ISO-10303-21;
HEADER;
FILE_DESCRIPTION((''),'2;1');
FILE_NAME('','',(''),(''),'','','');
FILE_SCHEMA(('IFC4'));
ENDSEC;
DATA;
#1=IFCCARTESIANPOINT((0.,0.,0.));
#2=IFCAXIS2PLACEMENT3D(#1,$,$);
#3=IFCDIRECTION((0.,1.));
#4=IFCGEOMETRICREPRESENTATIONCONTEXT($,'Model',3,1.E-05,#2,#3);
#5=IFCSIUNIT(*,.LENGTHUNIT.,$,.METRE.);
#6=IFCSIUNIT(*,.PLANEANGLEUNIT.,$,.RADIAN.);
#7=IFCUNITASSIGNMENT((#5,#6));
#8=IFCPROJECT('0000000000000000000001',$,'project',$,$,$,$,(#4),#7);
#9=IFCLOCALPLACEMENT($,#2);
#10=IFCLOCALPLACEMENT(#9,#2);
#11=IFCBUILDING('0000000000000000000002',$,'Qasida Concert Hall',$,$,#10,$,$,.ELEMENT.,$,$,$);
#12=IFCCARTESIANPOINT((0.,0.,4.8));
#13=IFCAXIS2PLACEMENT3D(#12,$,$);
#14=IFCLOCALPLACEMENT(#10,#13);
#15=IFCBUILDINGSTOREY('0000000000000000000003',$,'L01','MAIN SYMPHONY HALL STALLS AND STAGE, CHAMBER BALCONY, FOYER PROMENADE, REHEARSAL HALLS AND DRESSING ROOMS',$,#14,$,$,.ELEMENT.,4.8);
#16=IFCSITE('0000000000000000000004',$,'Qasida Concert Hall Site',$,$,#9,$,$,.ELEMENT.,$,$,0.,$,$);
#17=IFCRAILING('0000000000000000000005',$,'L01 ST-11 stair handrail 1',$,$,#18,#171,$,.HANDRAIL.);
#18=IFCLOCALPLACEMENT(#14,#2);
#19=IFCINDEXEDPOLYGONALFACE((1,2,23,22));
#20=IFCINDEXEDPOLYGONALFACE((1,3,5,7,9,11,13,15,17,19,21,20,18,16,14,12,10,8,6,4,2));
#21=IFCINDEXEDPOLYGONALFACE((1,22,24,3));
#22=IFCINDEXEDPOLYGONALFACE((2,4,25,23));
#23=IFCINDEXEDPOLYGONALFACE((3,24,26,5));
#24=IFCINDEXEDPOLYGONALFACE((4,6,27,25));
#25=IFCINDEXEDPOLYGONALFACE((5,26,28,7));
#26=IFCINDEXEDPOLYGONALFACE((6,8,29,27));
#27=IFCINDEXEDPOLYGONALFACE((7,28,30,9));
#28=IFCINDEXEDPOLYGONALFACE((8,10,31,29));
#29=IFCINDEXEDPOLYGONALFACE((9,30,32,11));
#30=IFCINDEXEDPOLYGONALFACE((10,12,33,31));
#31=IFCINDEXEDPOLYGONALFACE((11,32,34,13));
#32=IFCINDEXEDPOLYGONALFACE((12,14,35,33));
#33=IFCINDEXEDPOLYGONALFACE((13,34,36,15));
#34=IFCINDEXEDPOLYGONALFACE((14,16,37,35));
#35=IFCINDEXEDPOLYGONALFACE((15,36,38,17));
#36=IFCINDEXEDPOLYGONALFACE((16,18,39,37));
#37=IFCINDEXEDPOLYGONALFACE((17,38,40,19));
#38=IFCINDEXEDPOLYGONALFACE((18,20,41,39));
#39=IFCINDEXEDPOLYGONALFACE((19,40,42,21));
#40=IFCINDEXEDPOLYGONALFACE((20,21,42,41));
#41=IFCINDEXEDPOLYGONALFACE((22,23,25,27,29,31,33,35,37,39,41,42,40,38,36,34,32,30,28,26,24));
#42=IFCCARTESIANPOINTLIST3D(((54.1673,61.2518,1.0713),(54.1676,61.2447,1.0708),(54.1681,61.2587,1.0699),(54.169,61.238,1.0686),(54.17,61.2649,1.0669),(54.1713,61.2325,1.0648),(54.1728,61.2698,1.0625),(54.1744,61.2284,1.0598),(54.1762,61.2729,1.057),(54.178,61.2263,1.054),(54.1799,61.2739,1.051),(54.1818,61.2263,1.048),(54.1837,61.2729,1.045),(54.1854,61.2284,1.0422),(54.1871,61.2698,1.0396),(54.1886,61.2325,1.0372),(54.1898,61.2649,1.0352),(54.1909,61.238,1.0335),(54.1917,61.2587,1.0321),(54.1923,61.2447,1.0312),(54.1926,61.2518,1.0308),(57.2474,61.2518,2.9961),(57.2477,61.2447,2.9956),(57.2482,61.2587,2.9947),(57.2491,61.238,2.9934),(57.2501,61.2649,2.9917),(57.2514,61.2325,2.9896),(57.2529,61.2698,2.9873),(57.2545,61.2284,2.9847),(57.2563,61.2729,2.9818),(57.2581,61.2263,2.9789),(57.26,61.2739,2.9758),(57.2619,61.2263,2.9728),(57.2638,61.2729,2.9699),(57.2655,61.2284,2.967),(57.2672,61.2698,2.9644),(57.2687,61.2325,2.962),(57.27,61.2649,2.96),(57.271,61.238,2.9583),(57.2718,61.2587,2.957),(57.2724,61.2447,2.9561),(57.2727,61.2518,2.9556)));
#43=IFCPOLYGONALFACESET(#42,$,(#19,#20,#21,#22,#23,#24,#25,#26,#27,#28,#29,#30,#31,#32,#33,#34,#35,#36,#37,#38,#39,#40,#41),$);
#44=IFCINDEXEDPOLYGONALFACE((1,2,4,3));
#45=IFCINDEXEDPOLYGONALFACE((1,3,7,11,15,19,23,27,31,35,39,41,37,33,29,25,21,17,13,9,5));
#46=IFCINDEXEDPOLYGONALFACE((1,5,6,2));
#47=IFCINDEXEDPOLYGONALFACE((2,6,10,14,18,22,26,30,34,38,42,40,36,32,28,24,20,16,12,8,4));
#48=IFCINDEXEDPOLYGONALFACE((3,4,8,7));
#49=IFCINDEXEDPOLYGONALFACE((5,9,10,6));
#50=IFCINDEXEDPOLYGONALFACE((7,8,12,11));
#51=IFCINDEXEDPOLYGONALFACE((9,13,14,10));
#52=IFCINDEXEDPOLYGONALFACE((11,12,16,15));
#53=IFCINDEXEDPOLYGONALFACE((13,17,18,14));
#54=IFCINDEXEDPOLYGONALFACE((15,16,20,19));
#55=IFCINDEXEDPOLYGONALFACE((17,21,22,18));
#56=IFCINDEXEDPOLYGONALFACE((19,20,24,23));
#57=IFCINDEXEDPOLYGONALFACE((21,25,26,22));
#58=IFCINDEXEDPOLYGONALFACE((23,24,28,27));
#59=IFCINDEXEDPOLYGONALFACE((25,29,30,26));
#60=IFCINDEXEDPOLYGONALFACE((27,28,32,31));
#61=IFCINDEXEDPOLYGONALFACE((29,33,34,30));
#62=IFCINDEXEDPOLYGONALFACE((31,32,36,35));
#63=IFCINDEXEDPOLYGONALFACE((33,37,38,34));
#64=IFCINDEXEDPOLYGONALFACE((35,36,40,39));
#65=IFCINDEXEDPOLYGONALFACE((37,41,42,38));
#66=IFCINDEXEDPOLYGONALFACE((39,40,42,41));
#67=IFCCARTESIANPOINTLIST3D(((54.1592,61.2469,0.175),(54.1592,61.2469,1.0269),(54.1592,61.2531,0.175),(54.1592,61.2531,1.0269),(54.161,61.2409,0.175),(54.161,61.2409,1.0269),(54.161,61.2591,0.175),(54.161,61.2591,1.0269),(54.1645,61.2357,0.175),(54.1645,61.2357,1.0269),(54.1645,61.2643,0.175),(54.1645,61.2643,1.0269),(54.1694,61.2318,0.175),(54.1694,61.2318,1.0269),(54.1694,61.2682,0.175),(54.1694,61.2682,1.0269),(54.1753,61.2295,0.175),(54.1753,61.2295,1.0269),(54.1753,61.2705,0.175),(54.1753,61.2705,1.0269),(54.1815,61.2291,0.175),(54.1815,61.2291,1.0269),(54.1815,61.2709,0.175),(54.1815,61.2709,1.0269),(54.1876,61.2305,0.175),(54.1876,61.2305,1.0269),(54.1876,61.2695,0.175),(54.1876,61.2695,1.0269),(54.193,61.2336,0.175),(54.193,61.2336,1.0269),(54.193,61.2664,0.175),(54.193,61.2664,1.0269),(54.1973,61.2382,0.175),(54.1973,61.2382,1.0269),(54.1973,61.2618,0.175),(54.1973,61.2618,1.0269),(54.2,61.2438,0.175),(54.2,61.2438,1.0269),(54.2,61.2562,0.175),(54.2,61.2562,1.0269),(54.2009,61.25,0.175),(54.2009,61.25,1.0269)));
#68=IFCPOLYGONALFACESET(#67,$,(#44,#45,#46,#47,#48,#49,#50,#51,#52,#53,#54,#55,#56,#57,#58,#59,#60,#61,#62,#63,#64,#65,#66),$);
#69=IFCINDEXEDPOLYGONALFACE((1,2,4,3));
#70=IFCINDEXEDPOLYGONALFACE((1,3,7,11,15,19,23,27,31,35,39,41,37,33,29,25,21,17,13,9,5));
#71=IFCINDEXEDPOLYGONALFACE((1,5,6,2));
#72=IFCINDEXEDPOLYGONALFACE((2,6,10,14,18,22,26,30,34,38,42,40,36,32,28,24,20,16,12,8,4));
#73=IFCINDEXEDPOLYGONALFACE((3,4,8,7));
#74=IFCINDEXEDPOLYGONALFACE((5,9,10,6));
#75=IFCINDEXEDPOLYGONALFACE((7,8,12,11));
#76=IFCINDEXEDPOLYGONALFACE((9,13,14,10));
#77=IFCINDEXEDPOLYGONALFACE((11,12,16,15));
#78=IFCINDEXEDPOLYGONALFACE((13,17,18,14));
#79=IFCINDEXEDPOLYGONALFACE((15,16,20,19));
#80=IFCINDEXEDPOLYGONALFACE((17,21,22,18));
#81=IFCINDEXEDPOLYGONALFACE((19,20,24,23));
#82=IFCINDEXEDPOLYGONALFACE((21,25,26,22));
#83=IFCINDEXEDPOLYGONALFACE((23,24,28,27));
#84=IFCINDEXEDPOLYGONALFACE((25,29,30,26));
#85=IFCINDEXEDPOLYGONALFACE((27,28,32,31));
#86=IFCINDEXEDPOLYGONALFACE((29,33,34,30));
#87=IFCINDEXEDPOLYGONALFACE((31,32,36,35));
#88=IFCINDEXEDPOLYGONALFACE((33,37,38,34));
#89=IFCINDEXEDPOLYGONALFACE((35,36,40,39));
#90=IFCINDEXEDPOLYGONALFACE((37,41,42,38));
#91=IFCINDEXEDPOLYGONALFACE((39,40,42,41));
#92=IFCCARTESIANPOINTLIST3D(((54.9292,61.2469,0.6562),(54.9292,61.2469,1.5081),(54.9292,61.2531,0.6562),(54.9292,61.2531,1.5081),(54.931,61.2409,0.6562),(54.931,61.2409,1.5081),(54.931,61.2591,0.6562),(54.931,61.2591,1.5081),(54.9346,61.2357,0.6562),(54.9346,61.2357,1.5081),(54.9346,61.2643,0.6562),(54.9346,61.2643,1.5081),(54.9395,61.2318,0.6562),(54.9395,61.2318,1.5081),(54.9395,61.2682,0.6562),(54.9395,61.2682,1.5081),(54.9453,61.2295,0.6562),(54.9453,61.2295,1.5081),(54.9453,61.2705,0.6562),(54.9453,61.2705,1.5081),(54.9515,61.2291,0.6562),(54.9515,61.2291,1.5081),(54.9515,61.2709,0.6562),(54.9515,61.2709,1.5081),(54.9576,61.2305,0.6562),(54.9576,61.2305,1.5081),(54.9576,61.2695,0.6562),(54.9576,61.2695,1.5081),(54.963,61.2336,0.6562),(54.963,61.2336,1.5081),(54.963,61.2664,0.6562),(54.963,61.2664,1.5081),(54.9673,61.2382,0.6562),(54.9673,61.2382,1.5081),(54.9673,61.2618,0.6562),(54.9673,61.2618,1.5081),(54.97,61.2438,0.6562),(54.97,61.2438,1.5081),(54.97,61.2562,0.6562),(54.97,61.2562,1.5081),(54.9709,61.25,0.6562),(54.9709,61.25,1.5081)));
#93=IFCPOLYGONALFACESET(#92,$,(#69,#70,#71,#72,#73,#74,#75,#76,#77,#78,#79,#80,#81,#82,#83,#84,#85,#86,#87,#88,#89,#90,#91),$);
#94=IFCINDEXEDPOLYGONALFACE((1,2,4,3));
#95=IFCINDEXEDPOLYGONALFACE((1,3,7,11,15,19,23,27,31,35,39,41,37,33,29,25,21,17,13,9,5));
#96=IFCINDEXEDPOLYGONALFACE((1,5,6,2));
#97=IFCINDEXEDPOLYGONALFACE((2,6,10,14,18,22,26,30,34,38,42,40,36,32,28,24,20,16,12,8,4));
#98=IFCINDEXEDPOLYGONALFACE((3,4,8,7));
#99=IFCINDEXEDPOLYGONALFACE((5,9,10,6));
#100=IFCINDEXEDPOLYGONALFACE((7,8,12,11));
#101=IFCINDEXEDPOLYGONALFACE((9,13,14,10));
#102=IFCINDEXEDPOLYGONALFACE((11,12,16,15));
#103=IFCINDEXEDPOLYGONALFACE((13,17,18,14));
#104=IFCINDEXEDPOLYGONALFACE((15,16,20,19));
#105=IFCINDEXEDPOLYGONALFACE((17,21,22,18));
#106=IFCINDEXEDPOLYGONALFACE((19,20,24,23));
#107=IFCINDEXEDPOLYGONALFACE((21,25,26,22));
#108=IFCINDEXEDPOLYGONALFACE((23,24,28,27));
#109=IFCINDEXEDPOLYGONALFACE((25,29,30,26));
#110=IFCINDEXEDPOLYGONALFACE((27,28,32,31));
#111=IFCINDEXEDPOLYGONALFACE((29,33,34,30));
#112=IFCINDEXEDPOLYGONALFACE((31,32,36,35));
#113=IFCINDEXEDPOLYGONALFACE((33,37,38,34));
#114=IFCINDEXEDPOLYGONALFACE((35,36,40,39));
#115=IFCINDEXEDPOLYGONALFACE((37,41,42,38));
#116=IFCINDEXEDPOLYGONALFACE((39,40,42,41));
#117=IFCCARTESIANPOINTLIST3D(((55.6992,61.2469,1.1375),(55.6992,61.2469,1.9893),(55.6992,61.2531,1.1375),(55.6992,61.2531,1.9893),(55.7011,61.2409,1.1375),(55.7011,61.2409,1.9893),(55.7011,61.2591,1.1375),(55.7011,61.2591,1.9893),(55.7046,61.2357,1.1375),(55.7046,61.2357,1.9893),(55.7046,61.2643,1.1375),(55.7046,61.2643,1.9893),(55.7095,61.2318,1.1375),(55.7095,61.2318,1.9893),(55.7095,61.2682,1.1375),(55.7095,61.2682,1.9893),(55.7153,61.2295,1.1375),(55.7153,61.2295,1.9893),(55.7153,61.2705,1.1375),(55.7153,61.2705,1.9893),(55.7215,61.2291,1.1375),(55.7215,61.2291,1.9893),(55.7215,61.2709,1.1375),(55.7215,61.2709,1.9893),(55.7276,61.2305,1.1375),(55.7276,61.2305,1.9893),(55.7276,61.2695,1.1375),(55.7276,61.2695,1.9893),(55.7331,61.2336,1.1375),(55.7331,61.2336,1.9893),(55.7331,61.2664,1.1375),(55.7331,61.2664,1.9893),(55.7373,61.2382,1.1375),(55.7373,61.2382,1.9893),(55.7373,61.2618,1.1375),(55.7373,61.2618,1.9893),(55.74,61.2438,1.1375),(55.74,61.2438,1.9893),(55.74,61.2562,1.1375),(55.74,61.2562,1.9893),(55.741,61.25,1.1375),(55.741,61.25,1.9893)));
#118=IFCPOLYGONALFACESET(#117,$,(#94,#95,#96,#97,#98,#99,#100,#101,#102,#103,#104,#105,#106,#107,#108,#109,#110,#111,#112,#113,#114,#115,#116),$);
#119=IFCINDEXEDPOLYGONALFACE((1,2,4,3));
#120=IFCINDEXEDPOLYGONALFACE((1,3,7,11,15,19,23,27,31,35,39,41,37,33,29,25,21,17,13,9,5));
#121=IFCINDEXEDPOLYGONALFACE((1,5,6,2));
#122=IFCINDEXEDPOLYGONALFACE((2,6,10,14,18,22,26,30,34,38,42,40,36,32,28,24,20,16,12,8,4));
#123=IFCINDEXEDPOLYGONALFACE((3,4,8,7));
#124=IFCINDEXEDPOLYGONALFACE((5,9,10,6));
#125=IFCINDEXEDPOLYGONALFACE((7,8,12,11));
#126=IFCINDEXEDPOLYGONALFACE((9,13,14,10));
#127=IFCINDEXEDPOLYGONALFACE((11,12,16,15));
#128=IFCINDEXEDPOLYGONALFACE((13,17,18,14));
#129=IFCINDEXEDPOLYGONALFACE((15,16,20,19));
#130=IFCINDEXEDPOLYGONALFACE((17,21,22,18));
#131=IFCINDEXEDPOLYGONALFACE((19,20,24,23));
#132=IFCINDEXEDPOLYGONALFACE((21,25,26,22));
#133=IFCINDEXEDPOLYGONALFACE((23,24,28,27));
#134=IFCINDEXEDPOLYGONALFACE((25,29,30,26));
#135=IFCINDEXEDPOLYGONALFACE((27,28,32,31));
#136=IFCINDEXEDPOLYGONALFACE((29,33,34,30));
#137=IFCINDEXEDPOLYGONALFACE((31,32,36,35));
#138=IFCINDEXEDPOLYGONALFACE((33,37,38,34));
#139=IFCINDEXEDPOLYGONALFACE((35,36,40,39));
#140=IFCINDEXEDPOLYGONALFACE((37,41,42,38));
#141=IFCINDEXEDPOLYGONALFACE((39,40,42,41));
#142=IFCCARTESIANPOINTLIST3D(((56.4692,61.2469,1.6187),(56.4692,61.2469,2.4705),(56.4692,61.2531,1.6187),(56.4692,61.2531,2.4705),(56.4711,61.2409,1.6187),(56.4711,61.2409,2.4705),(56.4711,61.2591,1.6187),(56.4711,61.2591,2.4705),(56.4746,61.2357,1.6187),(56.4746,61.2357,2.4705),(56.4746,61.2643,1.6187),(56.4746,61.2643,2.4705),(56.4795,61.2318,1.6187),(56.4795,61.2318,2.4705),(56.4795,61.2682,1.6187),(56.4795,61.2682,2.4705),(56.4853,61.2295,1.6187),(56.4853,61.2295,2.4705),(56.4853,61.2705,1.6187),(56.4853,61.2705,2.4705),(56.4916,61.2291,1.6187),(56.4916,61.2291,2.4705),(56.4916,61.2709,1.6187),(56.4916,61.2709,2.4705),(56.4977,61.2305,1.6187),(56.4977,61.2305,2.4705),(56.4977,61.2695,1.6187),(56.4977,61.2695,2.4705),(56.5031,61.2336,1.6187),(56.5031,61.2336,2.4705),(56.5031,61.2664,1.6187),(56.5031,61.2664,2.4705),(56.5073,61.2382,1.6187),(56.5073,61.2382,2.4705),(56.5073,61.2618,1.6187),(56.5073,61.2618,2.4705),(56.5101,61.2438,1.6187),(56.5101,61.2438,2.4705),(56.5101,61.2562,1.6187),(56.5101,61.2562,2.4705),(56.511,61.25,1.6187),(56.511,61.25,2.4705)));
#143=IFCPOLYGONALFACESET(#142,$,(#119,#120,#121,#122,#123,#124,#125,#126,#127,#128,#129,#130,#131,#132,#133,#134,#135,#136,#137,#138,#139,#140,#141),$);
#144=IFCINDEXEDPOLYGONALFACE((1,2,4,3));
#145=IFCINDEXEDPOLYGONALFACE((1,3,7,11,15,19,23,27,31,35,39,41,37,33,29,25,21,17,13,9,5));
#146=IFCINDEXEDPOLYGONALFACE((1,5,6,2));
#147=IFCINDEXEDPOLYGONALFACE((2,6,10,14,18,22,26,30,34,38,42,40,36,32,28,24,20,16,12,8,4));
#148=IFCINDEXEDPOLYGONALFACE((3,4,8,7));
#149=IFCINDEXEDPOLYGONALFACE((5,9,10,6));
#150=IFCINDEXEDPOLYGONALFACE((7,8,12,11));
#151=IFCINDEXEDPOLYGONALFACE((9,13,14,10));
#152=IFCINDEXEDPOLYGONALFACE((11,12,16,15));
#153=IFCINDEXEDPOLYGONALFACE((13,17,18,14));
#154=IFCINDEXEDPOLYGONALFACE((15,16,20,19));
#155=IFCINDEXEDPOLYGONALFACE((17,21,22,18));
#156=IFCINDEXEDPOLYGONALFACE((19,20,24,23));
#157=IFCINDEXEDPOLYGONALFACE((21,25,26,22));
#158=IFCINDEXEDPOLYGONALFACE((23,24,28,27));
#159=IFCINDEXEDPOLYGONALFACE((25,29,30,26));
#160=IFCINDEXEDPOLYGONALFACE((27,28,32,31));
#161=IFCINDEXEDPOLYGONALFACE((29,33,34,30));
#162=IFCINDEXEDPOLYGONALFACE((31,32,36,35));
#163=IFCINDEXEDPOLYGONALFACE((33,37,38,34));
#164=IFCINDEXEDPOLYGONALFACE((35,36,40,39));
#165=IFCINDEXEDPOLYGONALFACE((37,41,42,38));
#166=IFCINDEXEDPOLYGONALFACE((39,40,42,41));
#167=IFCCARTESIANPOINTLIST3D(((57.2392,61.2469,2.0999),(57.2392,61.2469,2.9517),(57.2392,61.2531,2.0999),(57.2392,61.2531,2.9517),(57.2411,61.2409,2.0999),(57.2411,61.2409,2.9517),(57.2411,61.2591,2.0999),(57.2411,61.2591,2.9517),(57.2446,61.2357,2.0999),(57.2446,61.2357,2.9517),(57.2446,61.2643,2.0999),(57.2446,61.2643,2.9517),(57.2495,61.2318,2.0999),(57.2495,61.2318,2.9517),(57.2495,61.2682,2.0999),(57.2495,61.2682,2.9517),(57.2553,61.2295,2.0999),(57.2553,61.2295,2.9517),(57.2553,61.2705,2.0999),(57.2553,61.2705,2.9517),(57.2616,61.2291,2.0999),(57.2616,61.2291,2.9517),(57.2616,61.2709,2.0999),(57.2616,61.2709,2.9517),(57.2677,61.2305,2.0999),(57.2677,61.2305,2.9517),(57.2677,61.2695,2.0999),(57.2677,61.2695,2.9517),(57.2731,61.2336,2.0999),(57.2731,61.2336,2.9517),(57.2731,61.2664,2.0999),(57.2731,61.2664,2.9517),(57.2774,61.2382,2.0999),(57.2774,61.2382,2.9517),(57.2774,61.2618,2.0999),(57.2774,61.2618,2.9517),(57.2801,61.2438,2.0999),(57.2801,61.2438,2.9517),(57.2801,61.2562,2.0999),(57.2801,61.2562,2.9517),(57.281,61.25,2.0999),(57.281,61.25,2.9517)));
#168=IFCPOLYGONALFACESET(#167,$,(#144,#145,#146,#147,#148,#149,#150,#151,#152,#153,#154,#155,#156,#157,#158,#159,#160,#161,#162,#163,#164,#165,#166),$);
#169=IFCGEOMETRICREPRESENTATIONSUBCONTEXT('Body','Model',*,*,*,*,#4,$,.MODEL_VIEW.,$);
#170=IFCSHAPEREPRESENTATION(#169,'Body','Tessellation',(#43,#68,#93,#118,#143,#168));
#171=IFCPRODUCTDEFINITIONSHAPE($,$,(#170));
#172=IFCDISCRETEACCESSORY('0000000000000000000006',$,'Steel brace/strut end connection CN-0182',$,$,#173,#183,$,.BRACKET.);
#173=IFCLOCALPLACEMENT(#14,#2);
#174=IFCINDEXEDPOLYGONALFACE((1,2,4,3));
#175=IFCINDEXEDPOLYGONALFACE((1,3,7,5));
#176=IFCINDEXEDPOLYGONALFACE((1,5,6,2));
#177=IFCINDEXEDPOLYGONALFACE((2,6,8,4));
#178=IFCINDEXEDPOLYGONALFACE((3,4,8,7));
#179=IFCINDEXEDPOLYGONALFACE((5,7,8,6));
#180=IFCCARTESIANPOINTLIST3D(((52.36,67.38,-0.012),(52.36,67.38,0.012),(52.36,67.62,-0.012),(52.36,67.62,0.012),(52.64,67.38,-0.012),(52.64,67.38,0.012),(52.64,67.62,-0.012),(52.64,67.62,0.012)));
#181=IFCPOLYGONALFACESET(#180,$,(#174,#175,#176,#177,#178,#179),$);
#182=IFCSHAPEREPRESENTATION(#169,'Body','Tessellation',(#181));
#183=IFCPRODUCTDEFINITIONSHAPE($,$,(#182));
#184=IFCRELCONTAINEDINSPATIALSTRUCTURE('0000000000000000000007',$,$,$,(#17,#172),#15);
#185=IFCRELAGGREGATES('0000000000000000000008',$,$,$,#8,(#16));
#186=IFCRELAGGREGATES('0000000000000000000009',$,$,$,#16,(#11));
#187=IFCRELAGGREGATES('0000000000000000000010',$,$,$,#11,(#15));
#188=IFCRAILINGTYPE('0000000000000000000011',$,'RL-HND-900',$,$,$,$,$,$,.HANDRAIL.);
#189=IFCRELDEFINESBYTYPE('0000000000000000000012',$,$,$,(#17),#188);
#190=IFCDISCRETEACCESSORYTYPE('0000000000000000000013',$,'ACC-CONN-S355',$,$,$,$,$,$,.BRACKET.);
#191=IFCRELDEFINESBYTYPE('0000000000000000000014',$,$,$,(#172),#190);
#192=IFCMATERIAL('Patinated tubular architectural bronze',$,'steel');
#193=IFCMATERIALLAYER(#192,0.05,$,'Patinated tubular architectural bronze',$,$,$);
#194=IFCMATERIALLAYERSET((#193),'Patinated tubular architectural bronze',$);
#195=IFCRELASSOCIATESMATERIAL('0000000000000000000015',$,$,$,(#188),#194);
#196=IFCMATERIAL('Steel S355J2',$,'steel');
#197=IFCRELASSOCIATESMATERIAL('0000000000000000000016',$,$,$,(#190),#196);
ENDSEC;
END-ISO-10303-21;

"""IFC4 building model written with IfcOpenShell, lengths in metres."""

from ifc_helpers import new_model, si_unit, direction, frame, origin, origin_2d, place, context, subcontext, project, spatial, rectangle, circle, extrude, material, layer, layer_set, type_object, element, save


model = new_model("IFC4")

# Units and contexts
model_context = context("Model", 3, precision=1e-05, world=origin(), true_north=direction((0.0, 1.0)))
body_context = subcontext(model_context, "Body", "Model", "MODEL_VIEW")
ifc_project = project(units=[si_unit("LENGTHUNIT", "METRE"), si_unit("PLANEANGLEUNIT", "RADIAN")], contexts=[model_context])

# Site, building, storey
site_placement = place(None, origin())
site = spatial("IfcSite", under=ifc_project, at=site_placement, Name="Qasida Concert Hall Site", CompositionType="ELEMENT", RefElevation=0.0)
building_placement = place(site_placement, origin())
building = spatial("IfcBuilding", under=site, at=building_placement, Name="Qasida Concert Hall", CompositionType="ELEMENT")
storey_placement = place(building_placement, frame((0.0, 0.0, 4.8)))
storey = spatial("IfcBuildingStorey", under=building, at=storey_placement, Name="L01", Description="MAIN SYMPHONY HALL STALLS AND STAGE, CHAMBER BALCONY, FOYER PROMENADE, REHEARSAL HALLS AND DRESSING ROOMS", CompositionType="ELEMENT", Elevation=4.8)

# Shared definitions
ifc_material_1 = material(Name="Steel S355J2", Category="steel")

# Railing
ifc_material_2 = material(Name="Patinated tubular architectural bronze", Category="steel")
ifc_layer_1 = layer(ifc_material_2, 0.05, Name="Patinated tubular architectural bronze")
ifc_layer_set_1 = layer_set([ifc_layer_1], Name="Patinated tubular architectural bronze")
railing_type_1 = type_object("IfcRailingType", Name="RL-HND-900", PredefinedType="HANDRAIL", material=ifc_layer_set_1)
railing_1_placement = place(storey_placement, frame((54.1799, 61.25, 0.175)))
element("IfcRailing", 1, at=railing_1_placement, inside=storey, type_object=railing_type_1, Name="L01 ST-11 stair handrail 1", PredefinedType="HANDRAIL", context=body_context, shape_type="SweptSolid", body=[
    extrude(circle(Radius=0.0239, at=origin_2d()), frame((0.0, 0.0, 0.876), z_axis=(0.848029, 0.0, 0.529951), x_axis=(0.0, 1.0, 0.0)), (0.0, 0.0, 1.0), 3.6321),
    extrude(circle(Radius=0.021, at=origin_2d()), origin(), (0.0, 0.0, 1.0), 0.8518),
    extrude(circle(Radius=0.021, at=origin_2d()), frame((0.77, 0.0, 0.4812)), (0.0, 0.0, 1.0), 0.8518),
    extrude(circle(Radius=0.021, at=origin_2d()), frame((1.54, 0.0, 0.9624)), (0.0, 0.0, 1.0), 0.8518),
    extrude(circle(Radius=0.021, at=origin_2d()), frame((2.3101, 0.0, 1.4436)), (0.0, 0.0, 1.0), 0.8518),
    extrude(circle(Radius=0.021, at=origin_2d()), frame((3.0801, 0.0, 1.9248)), (0.0, 0.0, 1.0), 0.8518),
])

# Discrete accessory
discrete_accessory_type = type_object("IfcDiscreteAccessoryType", Name="ACC-CONN-S355", PredefinedType="BRACKET", material=ifc_material_1)
discrete_accessory_placement = place(storey_placement, frame((52.5, 67.5, -0.012), z_axis=(0.0, 0.0, 1.0), x_axis=(1.0, 0.0, 0.0)))
element("IfcDiscreteAccessory", 2, at=discrete_accessory_placement, inside=storey, type_object=discrete_accessory_type, Name="Steel brace/strut end connection CN-0182", PredefinedType="BRACKET", context=body_context, shape_type="SweptSolid", body=[
    extrude(rectangle(XDim=0.28, YDim=0.24, at=origin_2d()), origin(), (0.0, 0.0, 1.0), 0.0239),
])

save(model, "model.ifc")
